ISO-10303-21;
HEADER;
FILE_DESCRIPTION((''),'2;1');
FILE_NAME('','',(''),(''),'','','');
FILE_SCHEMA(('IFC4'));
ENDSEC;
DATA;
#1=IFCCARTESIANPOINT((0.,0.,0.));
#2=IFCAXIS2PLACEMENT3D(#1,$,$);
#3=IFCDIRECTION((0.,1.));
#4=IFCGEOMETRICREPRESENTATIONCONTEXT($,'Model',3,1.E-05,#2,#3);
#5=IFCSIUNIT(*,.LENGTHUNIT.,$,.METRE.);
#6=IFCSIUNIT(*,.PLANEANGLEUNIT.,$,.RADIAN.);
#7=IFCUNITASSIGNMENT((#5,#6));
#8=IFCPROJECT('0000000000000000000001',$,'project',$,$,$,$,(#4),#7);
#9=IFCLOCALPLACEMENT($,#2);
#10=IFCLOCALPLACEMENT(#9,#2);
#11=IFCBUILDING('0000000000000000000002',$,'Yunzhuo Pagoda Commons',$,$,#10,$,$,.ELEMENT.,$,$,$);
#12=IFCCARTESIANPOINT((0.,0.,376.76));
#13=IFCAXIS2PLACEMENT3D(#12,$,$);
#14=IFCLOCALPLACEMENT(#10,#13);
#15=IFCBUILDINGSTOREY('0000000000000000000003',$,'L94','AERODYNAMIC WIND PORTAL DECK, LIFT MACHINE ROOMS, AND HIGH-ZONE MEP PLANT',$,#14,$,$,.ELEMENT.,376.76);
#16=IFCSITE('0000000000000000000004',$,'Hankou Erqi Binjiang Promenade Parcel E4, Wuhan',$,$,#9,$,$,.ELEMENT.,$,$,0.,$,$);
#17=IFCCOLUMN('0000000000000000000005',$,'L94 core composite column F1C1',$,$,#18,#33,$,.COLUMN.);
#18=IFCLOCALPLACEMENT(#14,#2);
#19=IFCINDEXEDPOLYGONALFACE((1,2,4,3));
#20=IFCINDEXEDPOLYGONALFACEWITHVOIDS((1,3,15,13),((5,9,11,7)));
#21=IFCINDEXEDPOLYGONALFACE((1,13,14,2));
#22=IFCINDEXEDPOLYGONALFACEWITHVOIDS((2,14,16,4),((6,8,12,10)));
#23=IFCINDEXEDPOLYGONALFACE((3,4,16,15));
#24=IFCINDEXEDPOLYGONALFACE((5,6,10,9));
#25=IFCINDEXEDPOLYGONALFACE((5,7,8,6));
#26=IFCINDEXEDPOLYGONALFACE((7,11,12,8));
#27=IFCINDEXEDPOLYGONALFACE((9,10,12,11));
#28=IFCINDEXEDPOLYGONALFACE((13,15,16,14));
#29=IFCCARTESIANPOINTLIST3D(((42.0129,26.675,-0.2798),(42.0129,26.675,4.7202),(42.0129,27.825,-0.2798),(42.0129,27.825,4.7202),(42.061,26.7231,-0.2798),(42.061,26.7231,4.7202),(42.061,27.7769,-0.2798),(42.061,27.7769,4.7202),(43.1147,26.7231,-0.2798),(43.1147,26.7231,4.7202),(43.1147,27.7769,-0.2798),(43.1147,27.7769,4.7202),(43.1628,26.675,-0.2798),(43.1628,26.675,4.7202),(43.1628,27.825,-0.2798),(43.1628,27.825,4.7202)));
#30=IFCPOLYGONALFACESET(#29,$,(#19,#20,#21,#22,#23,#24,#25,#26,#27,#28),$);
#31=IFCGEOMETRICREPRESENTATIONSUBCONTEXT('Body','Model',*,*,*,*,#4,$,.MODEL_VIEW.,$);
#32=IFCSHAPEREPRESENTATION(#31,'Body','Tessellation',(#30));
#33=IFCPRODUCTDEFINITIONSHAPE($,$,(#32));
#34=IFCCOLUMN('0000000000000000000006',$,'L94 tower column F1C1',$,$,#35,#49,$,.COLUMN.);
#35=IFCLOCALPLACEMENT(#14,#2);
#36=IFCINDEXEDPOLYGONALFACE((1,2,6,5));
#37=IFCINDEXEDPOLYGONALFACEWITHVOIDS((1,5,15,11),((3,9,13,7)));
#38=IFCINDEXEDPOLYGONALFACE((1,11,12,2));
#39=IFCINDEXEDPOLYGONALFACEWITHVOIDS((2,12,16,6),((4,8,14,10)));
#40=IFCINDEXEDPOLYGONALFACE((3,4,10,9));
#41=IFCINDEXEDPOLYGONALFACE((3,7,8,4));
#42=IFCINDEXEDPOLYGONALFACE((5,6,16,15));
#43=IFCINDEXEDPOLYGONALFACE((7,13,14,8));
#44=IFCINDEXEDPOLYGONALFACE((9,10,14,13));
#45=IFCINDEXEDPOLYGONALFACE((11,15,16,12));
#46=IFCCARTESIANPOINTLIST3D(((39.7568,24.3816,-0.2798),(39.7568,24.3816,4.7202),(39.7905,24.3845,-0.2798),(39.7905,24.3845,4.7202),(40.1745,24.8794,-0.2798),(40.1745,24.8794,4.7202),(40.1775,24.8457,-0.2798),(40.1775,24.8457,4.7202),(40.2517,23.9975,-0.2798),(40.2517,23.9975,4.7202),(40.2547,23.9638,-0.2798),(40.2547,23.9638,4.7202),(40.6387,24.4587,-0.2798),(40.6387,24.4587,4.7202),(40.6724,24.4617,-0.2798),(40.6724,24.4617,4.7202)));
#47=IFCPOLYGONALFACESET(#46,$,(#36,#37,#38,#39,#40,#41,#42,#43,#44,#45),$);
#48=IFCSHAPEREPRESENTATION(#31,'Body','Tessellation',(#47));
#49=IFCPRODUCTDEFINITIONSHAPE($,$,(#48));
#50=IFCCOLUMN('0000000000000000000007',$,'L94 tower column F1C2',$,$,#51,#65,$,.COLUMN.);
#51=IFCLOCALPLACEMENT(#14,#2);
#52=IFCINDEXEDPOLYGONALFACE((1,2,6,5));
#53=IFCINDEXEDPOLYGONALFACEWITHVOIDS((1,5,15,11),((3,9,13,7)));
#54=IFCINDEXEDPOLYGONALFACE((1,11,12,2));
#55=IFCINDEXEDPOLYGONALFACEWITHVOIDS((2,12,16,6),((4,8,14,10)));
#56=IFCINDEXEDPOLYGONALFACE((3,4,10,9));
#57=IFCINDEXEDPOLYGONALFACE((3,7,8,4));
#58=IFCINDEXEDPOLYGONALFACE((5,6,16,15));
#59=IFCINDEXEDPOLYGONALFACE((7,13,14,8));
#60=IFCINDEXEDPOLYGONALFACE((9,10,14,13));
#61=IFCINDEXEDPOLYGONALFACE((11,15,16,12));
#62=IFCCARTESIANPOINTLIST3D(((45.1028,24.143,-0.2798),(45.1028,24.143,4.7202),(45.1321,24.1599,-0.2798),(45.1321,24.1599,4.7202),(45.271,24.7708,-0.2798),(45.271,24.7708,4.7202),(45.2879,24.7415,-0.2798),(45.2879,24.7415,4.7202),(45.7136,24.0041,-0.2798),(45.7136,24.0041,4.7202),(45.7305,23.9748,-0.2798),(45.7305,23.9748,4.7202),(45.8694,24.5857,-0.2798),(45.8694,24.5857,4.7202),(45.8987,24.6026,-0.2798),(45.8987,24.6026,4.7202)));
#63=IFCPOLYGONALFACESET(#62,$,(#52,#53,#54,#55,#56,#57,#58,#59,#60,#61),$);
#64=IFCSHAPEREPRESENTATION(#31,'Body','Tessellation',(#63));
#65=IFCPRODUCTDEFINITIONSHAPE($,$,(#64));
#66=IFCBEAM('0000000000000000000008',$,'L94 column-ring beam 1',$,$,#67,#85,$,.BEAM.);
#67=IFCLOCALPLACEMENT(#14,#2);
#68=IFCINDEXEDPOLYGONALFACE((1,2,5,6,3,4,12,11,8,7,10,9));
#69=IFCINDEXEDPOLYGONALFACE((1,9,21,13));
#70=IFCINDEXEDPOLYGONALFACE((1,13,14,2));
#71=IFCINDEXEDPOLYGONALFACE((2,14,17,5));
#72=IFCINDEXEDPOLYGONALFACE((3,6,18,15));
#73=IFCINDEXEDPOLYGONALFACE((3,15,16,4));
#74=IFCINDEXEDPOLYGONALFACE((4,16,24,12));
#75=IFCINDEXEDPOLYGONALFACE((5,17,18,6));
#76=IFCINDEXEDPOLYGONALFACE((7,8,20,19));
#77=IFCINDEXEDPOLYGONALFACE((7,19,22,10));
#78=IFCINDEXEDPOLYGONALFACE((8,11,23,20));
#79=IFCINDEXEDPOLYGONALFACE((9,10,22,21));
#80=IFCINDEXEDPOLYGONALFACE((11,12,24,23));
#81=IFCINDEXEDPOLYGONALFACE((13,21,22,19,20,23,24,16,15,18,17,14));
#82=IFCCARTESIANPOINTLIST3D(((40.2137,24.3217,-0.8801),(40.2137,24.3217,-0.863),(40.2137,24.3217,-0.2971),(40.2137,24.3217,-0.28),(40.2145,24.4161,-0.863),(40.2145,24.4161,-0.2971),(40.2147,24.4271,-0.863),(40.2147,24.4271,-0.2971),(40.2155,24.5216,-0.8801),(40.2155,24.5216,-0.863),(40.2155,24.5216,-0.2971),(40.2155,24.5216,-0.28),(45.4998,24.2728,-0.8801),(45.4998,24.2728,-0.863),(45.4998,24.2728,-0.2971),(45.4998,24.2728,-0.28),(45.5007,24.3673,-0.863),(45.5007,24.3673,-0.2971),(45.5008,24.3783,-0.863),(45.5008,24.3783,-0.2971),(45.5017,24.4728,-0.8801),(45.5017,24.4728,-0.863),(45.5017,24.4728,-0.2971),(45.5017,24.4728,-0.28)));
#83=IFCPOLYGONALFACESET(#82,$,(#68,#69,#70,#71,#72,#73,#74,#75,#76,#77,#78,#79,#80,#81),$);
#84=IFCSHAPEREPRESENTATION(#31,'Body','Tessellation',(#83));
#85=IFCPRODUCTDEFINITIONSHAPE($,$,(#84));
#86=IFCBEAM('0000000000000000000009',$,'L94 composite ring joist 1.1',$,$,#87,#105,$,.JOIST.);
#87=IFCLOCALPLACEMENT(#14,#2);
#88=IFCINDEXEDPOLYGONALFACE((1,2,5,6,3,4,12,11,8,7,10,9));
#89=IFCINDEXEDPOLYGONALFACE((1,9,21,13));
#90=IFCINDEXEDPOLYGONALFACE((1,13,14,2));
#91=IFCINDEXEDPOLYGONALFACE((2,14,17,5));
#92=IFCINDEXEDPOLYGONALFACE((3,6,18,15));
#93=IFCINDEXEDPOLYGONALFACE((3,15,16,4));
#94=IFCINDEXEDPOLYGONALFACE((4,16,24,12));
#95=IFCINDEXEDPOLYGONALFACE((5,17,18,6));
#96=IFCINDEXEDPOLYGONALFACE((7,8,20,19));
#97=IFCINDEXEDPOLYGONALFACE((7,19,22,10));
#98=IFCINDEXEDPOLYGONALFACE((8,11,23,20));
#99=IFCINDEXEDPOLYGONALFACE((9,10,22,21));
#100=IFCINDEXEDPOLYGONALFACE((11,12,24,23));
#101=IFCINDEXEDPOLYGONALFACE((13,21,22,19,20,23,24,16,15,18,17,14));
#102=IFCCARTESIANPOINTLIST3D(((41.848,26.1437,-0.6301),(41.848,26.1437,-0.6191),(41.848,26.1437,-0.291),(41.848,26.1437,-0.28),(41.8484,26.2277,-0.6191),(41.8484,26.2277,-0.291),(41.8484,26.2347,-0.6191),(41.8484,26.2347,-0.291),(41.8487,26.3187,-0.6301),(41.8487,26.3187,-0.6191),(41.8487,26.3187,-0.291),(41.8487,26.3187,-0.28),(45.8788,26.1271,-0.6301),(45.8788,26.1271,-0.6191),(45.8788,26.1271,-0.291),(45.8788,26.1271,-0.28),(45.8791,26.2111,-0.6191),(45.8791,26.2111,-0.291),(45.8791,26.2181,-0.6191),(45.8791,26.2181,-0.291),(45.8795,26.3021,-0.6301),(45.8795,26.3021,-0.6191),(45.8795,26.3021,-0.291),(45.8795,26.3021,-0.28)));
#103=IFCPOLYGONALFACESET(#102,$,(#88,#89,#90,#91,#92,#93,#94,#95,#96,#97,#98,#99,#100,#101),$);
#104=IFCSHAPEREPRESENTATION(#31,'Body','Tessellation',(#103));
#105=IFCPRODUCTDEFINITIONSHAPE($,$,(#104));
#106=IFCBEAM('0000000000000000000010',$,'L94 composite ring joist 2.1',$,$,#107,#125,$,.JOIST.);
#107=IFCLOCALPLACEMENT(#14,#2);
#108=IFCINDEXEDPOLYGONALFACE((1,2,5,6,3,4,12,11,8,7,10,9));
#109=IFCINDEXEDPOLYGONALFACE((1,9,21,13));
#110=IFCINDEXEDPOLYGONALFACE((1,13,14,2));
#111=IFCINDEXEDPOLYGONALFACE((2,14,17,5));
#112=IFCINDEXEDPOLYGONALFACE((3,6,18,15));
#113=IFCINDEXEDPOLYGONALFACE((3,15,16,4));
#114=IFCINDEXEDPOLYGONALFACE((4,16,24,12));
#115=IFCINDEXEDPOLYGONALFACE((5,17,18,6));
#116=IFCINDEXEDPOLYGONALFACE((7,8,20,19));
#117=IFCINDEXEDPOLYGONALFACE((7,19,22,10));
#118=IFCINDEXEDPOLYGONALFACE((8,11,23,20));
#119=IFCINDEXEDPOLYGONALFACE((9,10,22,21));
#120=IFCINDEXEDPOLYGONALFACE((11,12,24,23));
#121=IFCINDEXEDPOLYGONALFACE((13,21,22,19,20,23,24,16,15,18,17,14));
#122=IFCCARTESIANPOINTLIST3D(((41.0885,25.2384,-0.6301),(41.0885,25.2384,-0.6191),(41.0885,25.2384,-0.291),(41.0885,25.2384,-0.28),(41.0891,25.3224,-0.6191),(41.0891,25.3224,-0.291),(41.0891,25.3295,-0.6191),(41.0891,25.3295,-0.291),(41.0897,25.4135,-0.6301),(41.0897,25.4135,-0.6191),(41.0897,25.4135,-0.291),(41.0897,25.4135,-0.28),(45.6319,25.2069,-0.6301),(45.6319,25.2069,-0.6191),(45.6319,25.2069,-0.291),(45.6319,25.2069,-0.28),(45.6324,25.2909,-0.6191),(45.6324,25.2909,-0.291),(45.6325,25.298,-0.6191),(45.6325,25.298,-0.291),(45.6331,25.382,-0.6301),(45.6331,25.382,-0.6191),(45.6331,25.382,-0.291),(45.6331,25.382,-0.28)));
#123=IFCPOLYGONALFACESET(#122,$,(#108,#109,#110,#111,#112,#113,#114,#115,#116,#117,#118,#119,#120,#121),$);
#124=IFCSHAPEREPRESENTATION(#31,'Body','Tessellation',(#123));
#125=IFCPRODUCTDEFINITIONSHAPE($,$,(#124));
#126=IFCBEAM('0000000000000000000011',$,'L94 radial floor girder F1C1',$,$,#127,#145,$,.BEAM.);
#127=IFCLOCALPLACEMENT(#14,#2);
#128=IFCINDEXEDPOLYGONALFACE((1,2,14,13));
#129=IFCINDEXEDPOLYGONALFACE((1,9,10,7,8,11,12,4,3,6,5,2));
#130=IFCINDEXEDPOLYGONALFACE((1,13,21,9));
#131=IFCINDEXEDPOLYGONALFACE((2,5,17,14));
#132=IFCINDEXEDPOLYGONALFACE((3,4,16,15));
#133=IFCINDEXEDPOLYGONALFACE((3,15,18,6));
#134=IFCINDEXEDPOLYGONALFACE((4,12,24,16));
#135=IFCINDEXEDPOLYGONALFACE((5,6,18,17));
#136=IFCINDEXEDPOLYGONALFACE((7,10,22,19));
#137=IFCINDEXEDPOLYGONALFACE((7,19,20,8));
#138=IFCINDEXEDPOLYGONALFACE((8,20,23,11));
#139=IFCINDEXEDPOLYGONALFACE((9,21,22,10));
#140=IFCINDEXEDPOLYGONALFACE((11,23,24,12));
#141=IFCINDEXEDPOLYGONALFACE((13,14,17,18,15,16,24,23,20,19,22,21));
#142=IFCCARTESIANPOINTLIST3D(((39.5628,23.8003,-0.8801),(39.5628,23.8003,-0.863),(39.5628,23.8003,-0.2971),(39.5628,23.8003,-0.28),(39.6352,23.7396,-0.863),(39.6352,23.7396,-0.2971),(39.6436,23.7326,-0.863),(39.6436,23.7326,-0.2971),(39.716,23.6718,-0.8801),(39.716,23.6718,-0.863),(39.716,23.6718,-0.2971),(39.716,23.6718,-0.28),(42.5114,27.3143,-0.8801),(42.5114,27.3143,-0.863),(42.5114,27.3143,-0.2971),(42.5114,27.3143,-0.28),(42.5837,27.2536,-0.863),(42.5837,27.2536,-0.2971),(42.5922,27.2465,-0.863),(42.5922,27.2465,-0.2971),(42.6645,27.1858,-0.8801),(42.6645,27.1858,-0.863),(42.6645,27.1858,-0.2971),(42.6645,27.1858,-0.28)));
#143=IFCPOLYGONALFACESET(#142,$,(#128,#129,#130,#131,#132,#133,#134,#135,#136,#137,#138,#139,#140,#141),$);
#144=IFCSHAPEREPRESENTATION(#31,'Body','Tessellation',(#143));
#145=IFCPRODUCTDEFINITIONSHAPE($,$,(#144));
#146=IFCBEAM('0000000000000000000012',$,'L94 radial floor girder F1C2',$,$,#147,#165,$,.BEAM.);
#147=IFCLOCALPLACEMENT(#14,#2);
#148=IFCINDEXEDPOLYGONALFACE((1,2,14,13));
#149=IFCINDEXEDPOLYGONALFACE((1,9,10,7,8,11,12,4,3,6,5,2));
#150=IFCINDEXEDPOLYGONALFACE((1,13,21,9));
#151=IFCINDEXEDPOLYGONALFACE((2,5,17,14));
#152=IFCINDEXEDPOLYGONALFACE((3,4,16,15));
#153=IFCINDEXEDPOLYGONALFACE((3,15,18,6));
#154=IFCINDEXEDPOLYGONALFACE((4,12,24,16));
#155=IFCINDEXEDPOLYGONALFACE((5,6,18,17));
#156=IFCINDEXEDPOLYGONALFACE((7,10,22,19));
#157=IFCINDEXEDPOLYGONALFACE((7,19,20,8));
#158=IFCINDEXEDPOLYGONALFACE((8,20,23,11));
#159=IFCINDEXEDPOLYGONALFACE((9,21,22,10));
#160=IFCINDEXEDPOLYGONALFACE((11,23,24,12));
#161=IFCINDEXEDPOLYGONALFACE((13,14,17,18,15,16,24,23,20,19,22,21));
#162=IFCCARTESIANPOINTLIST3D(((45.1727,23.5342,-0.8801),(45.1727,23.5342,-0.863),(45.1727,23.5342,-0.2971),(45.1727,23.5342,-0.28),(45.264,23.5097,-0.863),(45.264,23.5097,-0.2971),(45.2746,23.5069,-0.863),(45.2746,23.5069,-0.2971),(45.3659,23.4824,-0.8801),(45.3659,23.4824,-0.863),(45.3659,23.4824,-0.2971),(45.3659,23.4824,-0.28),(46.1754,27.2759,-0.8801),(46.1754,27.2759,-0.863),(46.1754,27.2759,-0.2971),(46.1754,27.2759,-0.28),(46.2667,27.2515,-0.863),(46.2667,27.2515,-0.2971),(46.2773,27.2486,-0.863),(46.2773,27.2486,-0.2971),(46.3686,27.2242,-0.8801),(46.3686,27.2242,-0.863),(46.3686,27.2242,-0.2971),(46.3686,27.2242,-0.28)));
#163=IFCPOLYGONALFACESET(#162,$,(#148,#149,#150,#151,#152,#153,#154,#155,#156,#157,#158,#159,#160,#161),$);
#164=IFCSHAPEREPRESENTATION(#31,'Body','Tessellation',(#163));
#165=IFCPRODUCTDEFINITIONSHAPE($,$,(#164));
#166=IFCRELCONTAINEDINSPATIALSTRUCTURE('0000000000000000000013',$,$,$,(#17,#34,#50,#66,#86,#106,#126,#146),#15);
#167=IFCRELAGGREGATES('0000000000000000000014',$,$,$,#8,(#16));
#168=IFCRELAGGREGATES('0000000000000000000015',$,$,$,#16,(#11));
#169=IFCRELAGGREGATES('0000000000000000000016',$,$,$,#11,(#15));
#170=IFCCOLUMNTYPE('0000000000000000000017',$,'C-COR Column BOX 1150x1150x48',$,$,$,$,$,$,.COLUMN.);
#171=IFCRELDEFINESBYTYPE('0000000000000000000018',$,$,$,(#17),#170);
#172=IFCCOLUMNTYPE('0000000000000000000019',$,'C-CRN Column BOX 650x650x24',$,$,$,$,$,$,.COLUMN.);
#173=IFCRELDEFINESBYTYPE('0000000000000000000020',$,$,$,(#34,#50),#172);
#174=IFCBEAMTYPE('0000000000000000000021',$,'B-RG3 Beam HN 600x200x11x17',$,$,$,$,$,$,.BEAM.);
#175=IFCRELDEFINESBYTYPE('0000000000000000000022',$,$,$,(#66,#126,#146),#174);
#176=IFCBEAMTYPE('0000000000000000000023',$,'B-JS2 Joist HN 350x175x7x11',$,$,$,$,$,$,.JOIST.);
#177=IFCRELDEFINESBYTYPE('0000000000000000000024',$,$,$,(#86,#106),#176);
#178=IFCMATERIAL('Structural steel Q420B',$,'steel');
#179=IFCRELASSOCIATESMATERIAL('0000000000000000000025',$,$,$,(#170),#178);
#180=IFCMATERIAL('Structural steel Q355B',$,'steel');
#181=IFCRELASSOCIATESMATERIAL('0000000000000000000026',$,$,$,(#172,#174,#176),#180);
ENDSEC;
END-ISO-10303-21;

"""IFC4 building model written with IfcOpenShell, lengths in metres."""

from ifc_helpers import new_model, si_unit, direction, frame, origin, origin_2d, place, context, subcontext, project, spatial, hollow_rectangle, i_section, extrude, source, transform, mapped, material, material_profile, profile_set, type_object, element, save


model = new_model("IFC4")

# Units and contexts
model_context = context("Model", 3, precision=1e-05, world=origin(), true_north=direction((0.0, 1.0)))
body_context = subcontext(model_context, "Body", "Model", "MODEL_VIEW")
ifc_project = project(units=[si_unit("LENGTHUNIT", "METRE"), si_unit("PLANEANGLEUNIT", "RADIAN")], contexts=[model_context])

# Site, building, storey
site_placement = place(None, origin())
site = spatial("IfcSite", under=ifc_project, at=site_placement, Name="Hankou Erqi Binjiang Promenade Parcel E4, Wuhan", CompositionType="ELEMENT", RefElevation=0.0)
building_placement = place(site_placement, origin())
building = spatial("IfcBuilding", under=site, at=building_placement, Name="Yunzhuo Pagoda Commons", CompositionType="ELEMENT")
storey_placement = place(building_placement, frame((0.0, 0.0, 376.76)))
storey = spatial("IfcBuildingStorey", under=building, at=storey_placement, Name="L94", Description="AERODYNAMIC WIND PORTAL DECK, LIFT MACHINE ROOMS, AND HIGH-ZONE MEP PLANT", CompositionType="ELEMENT", Elevation=376.76)

# Columns
ifc_material_1 = material(Name="Structural steel Q420B", Category="steel")
ifc_material_profile_1 = material_profile(ifc_material_1, hollow_rectangle(XDim=1.1499, YDim=1.1499, WallThickness=0.0481, at=origin_2d()), Name="Structural steel Q420B")
ifc_profile_set_1 = profile_set([ifc_material_profile_1], Name="Structural steel Q420B")
column_type_1 = type_object("IfcColumnType", Name="C-COR Column BOX 1150x1150x48", PredefinedType="COLUMN", material=ifc_profile_set_1)
shared_shape_1 = source(origin(), body_context, "Body", "SweptSolid", [
    extrude(hollow_rectangle(XDim=1.1499, YDim=1.1499, WallThickness=0.0481, at=origin_2d()), origin(), (0.0, 0.0, 1.0), 5.0),
])
column_placement = place(storey_placement, frame((42.5879, 27.25, -0.2798), z_axis=(0.0, 0.0, 1.0), x_axis=(1.0, 0.0, 0.0)))
element("IfcColumn", 1, at=column_placement, inside=storey, type_object=column_type_1, Name="L94 core composite column F1C1", PredefinedType="COLUMN", context=body_context, shape_type="MappedRepresentation", body=[
    mapped(shared_shape_1, transform((0.0, 0.0, 0.0), scale=1.0)),
])
ifc_material_2 = material(Name="Structural steel Q355B", Category="steel")
ifc_material_profile_2 = material_profile(ifc_material_2, hollow_rectangle(XDim=0.6499, YDim=0.6499, WallThickness=0.0239, at=origin_2d()), Name="Structural steel Q355B")
ifc_profile_set_2 = profile_set([ifc_material_profile_2], Name="Structural steel Q355B")
column_type_2 = type_object("IfcColumnType", Name="C-CRN Column BOX 650x650x24", PredefinedType="COLUMN", material=ifc_profile_set_2)
shared_shape_2 = source(origin(), body_context, "Body", "SweptSolid", [
    extrude(hollow_rectangle(XDim=0.6499, YDim=0.6499, WallThickness=0.0239, at=origin_2d()), origin(), (0.0, 0.0, 1.0), 5.0),
])
for number, where, z_axis, x_axis, name in (
    (2, (40.2146, 24.4216, -0.2798), (0.0, 0.0, 1.0), (0.766044, -0.642788, 0.0), "L94 tower column F1C1"),
    (3, (45.5007, 24.3728, -0.2798), (0.0, 0.0, 1.0), (0.965926, -0.258819, 0.0), "L94 tower column F1C2"),
):
    element("IfcColumn", number, at=place(storey_placement, frame(where, z_axis=z_axis, x_axis=x_axis)), inside=storey, type_object=column_type_2, Name=name, PredefinedType="COLUMN", context=body_context, shape_type="MappedRepresentation", body=[
        mapped(shared_shape_2, transform((0.0, 0.0, 0.0), scale=1.0)),
    ])

# Beams
ifc_material_profile_3 = material_profile(ifc_material_2, i_section(OverallWidth=0.2, OverallDepth=0.6001, WebThickness=0.011, FlangeThickness=0.0171, at=origin_2d()), Name="Structural steel Q355B")
ifc_profile_set_3 = profile_set([ifc_material_profile_3], Name="Structural steel Q355B")
beam_type_1 = type_object("IfcBeamType", Name="B-RG3 Beam HN 600x200x11x17", PredefinedType="BEAM", material=ifc_profile_set_3)
shared_shape_3 = source(origin(), body_context, "Body", "SweptSolid", [
    extrude(i_section(OverallWidth=0.2, OverallDepth=0.6001, WebThickness=0.011, FlangeThickness=0.0171, at=origin_2d()), origin(), (0.0, 0.0, 1.0), 5.2864),
])
beam_1_placement = place(storey_placement, frame((40.2146, 24.4216, -0.5801), z_axis=(0.999957, -0.009237, 0.0), x_axis=(0.009237, 0.999957, 0.0)))
element("IfcBeam", 4, at=beam_1_placement, inside=storey, type_object=beam_type_1, Name="L94 column-ring beam 1", PredefinedType="BEAM", context=body_context, shape_type="MappedRepresentation", body=[
    mapped(shared_shape_3, transform((0.0, 0.0, 0.0), scale=1.0)),
])
ifc_material_profile_4 = material_profile(ifc_material_2, i_section(OverallWidth=0.175, OverallDepth=0.3501, WebThickness=0.0071, FlangeThickness=0.011, at=origin_2d()), Name="Structural steel Q355B")
ifc_profile_set_4 = profile_set([ifc_material_profile_4], Name="Structural steel Q355B")
beam_type_2 = type_object("IfcBeamType", Name="B-JS2 Joist HN 350x175x7x11", PredefinedType="JOIST", material=ifc_profile_set_4)
shared_shape_4 = source(origin(), body_context, "Body", "SweptSolid", [
    extrude(i_section(OverallWidth=0.175, OverallDepth=0.3501, WebThickness=0.0071, FlangeThickness=0.011, at=origin_2d()), origin(), (0.0, 0.0, 1.0), 4.0308),
])
beam_2_placement = place(storey_placement, frame((41.8484, 26.2312, -0.4551), z_axis=(0.999992, -0.004119, 0.0), x_axis=(0.004119, 0.999992, 0.0)))
element("IfcBeam", 5, at=beam_2_placement, inside=storey, type_object=beam_type_2, Name="L94 composite ring joist 1.1", PredefinedType="JOIST", context=body_context, shape_type="MappedRepresentation", body=[
    mapped(shared_shape_4, transform((0.0, 0.0, 0.0), scale=1.0)),
])
shared_shape_5 = source(origin(), body_context, "Body", "SweptSolid", [
    extrude(i_section(OverallWidth=0.175, OverallDepth=0.3501, WebThickness=0.0071, FlangeThickness=0.011, at=origin_2d()), origin(), (0.0, 0.0, 1.0), 4.5435),
])
beam_3_placement = place(storey_placement, frame((41.0891, 25.3259, -0.4551), z_axis=(0.999976, -0.006932, 0.0), x_axis=(0.006932, 0.999976, 0.0)))
element("IfcBeam", 6, at=beam_3_placement, inside=storey, type_object=beam_type_2, Name="L94 composite ring joist 2.1", PredefinedType="JOIST", context=body_context, shape_type="MappedRepresentation", body=[
    mapped(shared_shape_5, transform((0.0, 0.0, 0.0), scale=1.0)),
])
shared_shape_6 = source(origin(), body_context, "Body", "SweptSolid", [
    extrude(i_section(OverallWidth=0.2, OverallDepth=0.6001, WebThickness=0.011, FlangeThickness=0.0171, at=origin_2d()), origin(), (0.0, 0.0, 1.0), 4.5872),
])
beam_4_placement = place(storey_placement, frame((39.6394, 23.7361, -0.5801), z_axis=(0.642783, 0.766049, 0.0), x_axis=(-0.766049, 0.642783, 0.0)))
element("IfcBeam", 7, at=beam_4_placement, inside=storey, type_object=beam_type_1, Name="L94 radial floor girder F1C1", PredefinedType="BEAM", context=body_context, shape_type="MappedRepresentation", body=[
    mapped(shared_shape_6, transform((0.0, 0.0, 0.0), scale=1.0)),
])
shared_shape_7 = source(origin(), body_context, "Body", "SweptSolid", [
    extrude(i_section(OverallWidth=0.2, OverallDepth=0.6001, WebThickness=0.011, FlangeThickness=0.0171, at=origin_2d()), origin(), (0.0, 0.0, 1.0), 3.8738),
])
beam_5_placement = place(storey_placement, frame((45.2693, 23.5083, -0.5801), z_axis=(0.258843, 0.965919, 0.0), x_axis=(-0.965919, 0.258843, 0.0)))
element("IfcBeam", 8, at=beam_5_placement, inside=storey, type_object=beam_type_1, Name="L94 radial floor girder F1C2", PredefinedType="BEAM", context=body_context, shape_type="MappedRepresentation", body=[
    mapped(shared_shape_7, transform((0.0, 0.0, 0.0), scale=1.0)),
])

save(model, "model.ifc")
